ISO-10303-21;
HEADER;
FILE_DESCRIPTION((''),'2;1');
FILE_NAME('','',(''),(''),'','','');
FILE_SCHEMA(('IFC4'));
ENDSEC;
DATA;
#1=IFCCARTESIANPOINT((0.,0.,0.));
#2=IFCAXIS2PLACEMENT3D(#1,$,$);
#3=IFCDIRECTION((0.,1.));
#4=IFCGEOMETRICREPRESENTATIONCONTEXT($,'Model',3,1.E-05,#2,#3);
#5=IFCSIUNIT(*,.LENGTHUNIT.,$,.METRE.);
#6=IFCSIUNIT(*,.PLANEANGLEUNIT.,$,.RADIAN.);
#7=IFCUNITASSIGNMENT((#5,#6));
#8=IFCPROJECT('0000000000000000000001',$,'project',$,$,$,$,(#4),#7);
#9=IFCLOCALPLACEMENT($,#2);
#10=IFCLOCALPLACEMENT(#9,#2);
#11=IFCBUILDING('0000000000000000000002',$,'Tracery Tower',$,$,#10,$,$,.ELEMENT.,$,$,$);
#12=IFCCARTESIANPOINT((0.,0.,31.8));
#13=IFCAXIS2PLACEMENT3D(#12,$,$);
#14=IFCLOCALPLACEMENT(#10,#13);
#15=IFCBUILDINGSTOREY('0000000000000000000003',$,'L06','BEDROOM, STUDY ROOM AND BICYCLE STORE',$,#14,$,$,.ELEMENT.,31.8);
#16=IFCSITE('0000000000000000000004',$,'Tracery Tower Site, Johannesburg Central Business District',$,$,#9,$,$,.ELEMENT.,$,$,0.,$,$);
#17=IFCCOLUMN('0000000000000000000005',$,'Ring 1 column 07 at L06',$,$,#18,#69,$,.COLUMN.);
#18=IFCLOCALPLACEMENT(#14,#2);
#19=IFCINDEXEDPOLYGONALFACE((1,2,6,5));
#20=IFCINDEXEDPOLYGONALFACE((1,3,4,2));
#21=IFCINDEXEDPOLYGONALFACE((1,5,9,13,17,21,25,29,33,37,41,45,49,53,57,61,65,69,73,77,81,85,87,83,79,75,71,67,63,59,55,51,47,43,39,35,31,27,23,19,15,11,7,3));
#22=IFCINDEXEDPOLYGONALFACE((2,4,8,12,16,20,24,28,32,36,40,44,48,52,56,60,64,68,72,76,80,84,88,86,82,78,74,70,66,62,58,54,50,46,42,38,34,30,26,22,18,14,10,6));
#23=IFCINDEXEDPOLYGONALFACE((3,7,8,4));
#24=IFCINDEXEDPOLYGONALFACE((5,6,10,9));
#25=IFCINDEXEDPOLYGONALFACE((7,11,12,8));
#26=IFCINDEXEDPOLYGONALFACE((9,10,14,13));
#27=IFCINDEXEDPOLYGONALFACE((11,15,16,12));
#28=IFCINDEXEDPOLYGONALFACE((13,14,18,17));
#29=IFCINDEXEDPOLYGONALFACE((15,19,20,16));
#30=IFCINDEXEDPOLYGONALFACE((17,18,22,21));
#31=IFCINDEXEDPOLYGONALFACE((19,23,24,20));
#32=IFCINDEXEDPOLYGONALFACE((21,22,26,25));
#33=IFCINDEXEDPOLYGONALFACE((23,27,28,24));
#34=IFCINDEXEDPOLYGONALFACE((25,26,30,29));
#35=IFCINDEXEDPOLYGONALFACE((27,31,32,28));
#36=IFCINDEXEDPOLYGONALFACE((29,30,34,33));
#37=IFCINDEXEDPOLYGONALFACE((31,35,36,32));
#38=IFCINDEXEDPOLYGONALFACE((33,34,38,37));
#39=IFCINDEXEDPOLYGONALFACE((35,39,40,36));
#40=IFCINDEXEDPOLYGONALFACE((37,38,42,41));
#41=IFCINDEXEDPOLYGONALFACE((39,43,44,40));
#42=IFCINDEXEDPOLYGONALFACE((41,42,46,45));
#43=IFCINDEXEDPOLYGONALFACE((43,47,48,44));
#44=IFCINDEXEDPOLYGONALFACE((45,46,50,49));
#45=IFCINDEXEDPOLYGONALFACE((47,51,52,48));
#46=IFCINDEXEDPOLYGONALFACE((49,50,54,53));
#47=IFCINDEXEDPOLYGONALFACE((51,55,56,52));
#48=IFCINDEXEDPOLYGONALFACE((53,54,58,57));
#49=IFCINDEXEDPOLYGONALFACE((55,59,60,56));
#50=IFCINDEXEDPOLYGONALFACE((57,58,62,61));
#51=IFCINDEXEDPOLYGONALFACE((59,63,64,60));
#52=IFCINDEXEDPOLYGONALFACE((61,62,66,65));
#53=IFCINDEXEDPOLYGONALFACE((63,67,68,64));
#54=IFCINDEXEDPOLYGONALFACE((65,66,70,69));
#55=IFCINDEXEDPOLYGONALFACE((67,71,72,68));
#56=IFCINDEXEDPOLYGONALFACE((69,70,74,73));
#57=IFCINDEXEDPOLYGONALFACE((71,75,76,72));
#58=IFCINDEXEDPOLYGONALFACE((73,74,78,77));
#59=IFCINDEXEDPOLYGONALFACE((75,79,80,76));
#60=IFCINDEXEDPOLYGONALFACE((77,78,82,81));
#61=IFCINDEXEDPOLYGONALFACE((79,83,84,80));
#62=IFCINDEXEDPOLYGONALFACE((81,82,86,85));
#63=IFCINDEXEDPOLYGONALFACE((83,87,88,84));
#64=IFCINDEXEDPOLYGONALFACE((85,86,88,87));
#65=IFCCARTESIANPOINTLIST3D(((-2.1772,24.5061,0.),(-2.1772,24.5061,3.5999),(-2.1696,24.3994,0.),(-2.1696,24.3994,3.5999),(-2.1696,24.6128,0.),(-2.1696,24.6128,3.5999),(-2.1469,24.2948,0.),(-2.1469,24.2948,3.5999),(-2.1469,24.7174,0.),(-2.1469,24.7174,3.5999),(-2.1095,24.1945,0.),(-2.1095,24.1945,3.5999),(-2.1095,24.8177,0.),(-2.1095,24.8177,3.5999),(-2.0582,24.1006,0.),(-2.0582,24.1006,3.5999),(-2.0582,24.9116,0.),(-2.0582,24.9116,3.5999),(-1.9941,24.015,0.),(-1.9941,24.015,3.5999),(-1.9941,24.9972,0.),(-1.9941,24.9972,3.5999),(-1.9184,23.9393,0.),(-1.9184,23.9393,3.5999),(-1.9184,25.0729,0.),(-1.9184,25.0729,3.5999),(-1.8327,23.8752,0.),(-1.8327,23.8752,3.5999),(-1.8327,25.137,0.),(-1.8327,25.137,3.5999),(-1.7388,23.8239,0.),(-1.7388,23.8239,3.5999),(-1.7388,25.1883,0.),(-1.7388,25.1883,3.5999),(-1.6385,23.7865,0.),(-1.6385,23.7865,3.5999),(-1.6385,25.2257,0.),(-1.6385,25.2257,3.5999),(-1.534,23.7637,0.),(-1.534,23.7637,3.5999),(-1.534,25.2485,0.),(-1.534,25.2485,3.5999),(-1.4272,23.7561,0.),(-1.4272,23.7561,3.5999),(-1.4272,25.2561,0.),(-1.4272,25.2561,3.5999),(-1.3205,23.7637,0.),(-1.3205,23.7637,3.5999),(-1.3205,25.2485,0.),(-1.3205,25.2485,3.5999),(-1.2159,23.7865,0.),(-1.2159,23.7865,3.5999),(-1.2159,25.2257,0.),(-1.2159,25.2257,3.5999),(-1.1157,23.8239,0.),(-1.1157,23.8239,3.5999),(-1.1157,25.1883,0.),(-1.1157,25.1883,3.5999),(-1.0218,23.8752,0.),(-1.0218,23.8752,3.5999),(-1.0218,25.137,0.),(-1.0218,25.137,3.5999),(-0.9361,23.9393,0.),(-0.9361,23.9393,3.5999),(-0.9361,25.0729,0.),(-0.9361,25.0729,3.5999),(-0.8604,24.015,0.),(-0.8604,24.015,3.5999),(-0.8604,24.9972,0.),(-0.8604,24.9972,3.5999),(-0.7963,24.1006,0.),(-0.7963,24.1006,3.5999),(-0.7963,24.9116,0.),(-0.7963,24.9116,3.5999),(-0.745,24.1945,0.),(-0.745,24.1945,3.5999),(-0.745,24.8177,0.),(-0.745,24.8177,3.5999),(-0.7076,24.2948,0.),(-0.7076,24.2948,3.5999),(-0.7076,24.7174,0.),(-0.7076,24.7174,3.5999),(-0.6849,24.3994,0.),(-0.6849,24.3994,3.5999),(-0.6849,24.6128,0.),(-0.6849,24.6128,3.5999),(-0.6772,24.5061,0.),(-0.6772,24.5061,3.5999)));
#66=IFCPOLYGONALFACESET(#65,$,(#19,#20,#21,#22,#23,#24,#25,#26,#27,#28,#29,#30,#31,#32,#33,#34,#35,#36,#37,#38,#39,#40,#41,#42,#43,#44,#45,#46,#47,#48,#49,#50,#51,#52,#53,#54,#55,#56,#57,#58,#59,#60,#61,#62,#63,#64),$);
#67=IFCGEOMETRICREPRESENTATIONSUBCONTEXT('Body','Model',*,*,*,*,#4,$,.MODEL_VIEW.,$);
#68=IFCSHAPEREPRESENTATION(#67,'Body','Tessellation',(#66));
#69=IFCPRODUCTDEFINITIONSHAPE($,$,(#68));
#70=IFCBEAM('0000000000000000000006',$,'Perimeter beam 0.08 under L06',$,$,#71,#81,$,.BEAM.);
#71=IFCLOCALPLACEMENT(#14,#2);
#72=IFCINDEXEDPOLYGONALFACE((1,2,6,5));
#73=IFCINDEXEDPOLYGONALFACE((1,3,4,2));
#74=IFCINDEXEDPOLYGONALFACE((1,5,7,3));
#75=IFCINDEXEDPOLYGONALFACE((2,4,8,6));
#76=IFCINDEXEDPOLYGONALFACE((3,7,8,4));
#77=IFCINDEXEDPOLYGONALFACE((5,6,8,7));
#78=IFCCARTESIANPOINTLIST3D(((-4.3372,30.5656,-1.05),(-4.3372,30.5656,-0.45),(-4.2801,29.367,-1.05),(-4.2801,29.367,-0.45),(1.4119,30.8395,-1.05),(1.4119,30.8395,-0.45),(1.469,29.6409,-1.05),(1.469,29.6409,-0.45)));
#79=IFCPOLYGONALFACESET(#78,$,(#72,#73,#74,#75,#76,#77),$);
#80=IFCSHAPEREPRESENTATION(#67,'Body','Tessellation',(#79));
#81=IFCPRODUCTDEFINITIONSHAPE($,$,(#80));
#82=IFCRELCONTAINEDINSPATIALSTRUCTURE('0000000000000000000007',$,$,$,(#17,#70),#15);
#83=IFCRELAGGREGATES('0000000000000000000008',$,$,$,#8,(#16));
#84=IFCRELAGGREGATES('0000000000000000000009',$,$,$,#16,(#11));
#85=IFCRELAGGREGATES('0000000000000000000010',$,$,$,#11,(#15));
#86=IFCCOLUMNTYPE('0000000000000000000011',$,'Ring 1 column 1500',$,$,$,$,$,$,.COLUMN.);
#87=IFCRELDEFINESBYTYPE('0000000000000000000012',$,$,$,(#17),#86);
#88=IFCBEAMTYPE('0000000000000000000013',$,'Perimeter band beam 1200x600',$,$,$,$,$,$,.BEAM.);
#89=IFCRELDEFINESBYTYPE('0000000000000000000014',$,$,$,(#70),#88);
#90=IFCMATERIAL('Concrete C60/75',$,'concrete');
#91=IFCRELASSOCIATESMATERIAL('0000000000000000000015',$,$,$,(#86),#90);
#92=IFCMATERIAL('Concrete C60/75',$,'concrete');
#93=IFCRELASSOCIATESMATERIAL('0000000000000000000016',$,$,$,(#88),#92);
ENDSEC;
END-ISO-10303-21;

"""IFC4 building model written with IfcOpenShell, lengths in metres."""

from ifc_helpers import new_model, si_unit, direction, frame, origin, origin_2d, place, context, subcontext, project, spatial, rectangle, circle, extrude, material, material_profile, profile_set, type_object, element, save


model = new_model("IFC4")

# Units and contexts
model_context = context("Model", 3, precision=1e-05, world=origin(), true_north=direction((0.0, 1.0)))
body_context = subcontext(model_context, "Body", "Model", "MODEL_VIEW")
ifc_project = project(units=[si_unit("LENGTHUNIT", "METRE"), si_unit("PLANEANGLEUNIT", "RADIAN")], contexts=[model_context])

# Site, building, storey
site_placement = place(None, origin())
site = spatial("IfcSite", under=ifc_project, at=site_placement, Name="Tracery Tower Site, Johannesburg Central Business District", CompositionType="ELEMENT", RefElevation=0.0)
building_placement = place(site_placement, origin())
building = spatial("IfcBuilding", under=site, at=building_placement, Name="Tracery Tower", CompositionType="ELEMENT")
storey_placement = place(building_placement, frame((0.0, 0.0, 31.8)))
storey = spatial("IfcBuildingStorey", under=building, at=storey_placement, Name="L06", Description="BEDROOM, STUDY ROOM AND BICYCLE STORE", CompositionType="ELEMENT", Elevation=31.8)

# Column
ifc_material_1 = material(Name="Concrete C60/75", Category="concrete")
ifc_material_profile_1 = material_profile(ifc_material_1, circle(Radius=0.75, at=origin_2d()), Name="RC D1500")
ifc_profile_set_1 = profile_set([ifc_material_profile_1], Name="Concrete C60/75")
column_type_1 = type_object("IfcColumnType", Name="Ring 1 column 1500", PredefinedType="COLUMN", material=ifc_profile_set_1)
for number, where, z_axis, x_axis, name in (
    (1, (-1.4272, 24.5061, 0.0), (0.0, 0.0, 1.0), (1.0, 0.0, 0.0), "Ring 1 column 07 at L06"),
):
    element("IfcColumn", number, at=place(storey_placement, frame(where, z_axis=z_axis, x_axis=x_axis)), inside=storey, type_object=column_type_1, Name=name, PredefinedType="COLUMN", context=body_context, shape_type="SweptSolid", body=[
        extrude(circle(Radius=0.75, at=origin_2d()), origin(), (0.0, 0.0, 1.0), 3.5999),
    ])

# Beam
ifc_material_2 = material(Name="Concrete C60/75", Category="concrete")
ifc_material_profile_2 = material_profile(ifc_material_2, rectangle(XDim=1.2, YDim=0.6001, at=origin_2d()), Name="RC 1200x600")
ifc_profile_set_2 = profile_set([ifc_material_profile_2], Name="Concrete C60/75")
beam_type = type_object("IfcBeamType", Name="Perimeter band beam 1200x600", PredefinedType="BEAM", material=ifc_profile_set_2)
beam_placement = place(storey_placement, frame((1.4404, 30.2402, -0.75), z_axis=(-0.998867, -0.047593, 0.0), x_axis=(0.047593, -0.998867, 0.0)))
element("IfcBeam", 2, at=beam_placement, inside=storey, type_object=beam_type, Name="Perimeter beam 0.08 under L06", PredefinedType="BEAM", context=body_context, shape_type="SweptSolid", body=[
    extrude(rectangle(XDim=1.2, YDim=0.6001, at=origin_2d()), origin(), (0.0, 0.0, 1.0), 5.7556),
])

save(model, "model.ifc")
